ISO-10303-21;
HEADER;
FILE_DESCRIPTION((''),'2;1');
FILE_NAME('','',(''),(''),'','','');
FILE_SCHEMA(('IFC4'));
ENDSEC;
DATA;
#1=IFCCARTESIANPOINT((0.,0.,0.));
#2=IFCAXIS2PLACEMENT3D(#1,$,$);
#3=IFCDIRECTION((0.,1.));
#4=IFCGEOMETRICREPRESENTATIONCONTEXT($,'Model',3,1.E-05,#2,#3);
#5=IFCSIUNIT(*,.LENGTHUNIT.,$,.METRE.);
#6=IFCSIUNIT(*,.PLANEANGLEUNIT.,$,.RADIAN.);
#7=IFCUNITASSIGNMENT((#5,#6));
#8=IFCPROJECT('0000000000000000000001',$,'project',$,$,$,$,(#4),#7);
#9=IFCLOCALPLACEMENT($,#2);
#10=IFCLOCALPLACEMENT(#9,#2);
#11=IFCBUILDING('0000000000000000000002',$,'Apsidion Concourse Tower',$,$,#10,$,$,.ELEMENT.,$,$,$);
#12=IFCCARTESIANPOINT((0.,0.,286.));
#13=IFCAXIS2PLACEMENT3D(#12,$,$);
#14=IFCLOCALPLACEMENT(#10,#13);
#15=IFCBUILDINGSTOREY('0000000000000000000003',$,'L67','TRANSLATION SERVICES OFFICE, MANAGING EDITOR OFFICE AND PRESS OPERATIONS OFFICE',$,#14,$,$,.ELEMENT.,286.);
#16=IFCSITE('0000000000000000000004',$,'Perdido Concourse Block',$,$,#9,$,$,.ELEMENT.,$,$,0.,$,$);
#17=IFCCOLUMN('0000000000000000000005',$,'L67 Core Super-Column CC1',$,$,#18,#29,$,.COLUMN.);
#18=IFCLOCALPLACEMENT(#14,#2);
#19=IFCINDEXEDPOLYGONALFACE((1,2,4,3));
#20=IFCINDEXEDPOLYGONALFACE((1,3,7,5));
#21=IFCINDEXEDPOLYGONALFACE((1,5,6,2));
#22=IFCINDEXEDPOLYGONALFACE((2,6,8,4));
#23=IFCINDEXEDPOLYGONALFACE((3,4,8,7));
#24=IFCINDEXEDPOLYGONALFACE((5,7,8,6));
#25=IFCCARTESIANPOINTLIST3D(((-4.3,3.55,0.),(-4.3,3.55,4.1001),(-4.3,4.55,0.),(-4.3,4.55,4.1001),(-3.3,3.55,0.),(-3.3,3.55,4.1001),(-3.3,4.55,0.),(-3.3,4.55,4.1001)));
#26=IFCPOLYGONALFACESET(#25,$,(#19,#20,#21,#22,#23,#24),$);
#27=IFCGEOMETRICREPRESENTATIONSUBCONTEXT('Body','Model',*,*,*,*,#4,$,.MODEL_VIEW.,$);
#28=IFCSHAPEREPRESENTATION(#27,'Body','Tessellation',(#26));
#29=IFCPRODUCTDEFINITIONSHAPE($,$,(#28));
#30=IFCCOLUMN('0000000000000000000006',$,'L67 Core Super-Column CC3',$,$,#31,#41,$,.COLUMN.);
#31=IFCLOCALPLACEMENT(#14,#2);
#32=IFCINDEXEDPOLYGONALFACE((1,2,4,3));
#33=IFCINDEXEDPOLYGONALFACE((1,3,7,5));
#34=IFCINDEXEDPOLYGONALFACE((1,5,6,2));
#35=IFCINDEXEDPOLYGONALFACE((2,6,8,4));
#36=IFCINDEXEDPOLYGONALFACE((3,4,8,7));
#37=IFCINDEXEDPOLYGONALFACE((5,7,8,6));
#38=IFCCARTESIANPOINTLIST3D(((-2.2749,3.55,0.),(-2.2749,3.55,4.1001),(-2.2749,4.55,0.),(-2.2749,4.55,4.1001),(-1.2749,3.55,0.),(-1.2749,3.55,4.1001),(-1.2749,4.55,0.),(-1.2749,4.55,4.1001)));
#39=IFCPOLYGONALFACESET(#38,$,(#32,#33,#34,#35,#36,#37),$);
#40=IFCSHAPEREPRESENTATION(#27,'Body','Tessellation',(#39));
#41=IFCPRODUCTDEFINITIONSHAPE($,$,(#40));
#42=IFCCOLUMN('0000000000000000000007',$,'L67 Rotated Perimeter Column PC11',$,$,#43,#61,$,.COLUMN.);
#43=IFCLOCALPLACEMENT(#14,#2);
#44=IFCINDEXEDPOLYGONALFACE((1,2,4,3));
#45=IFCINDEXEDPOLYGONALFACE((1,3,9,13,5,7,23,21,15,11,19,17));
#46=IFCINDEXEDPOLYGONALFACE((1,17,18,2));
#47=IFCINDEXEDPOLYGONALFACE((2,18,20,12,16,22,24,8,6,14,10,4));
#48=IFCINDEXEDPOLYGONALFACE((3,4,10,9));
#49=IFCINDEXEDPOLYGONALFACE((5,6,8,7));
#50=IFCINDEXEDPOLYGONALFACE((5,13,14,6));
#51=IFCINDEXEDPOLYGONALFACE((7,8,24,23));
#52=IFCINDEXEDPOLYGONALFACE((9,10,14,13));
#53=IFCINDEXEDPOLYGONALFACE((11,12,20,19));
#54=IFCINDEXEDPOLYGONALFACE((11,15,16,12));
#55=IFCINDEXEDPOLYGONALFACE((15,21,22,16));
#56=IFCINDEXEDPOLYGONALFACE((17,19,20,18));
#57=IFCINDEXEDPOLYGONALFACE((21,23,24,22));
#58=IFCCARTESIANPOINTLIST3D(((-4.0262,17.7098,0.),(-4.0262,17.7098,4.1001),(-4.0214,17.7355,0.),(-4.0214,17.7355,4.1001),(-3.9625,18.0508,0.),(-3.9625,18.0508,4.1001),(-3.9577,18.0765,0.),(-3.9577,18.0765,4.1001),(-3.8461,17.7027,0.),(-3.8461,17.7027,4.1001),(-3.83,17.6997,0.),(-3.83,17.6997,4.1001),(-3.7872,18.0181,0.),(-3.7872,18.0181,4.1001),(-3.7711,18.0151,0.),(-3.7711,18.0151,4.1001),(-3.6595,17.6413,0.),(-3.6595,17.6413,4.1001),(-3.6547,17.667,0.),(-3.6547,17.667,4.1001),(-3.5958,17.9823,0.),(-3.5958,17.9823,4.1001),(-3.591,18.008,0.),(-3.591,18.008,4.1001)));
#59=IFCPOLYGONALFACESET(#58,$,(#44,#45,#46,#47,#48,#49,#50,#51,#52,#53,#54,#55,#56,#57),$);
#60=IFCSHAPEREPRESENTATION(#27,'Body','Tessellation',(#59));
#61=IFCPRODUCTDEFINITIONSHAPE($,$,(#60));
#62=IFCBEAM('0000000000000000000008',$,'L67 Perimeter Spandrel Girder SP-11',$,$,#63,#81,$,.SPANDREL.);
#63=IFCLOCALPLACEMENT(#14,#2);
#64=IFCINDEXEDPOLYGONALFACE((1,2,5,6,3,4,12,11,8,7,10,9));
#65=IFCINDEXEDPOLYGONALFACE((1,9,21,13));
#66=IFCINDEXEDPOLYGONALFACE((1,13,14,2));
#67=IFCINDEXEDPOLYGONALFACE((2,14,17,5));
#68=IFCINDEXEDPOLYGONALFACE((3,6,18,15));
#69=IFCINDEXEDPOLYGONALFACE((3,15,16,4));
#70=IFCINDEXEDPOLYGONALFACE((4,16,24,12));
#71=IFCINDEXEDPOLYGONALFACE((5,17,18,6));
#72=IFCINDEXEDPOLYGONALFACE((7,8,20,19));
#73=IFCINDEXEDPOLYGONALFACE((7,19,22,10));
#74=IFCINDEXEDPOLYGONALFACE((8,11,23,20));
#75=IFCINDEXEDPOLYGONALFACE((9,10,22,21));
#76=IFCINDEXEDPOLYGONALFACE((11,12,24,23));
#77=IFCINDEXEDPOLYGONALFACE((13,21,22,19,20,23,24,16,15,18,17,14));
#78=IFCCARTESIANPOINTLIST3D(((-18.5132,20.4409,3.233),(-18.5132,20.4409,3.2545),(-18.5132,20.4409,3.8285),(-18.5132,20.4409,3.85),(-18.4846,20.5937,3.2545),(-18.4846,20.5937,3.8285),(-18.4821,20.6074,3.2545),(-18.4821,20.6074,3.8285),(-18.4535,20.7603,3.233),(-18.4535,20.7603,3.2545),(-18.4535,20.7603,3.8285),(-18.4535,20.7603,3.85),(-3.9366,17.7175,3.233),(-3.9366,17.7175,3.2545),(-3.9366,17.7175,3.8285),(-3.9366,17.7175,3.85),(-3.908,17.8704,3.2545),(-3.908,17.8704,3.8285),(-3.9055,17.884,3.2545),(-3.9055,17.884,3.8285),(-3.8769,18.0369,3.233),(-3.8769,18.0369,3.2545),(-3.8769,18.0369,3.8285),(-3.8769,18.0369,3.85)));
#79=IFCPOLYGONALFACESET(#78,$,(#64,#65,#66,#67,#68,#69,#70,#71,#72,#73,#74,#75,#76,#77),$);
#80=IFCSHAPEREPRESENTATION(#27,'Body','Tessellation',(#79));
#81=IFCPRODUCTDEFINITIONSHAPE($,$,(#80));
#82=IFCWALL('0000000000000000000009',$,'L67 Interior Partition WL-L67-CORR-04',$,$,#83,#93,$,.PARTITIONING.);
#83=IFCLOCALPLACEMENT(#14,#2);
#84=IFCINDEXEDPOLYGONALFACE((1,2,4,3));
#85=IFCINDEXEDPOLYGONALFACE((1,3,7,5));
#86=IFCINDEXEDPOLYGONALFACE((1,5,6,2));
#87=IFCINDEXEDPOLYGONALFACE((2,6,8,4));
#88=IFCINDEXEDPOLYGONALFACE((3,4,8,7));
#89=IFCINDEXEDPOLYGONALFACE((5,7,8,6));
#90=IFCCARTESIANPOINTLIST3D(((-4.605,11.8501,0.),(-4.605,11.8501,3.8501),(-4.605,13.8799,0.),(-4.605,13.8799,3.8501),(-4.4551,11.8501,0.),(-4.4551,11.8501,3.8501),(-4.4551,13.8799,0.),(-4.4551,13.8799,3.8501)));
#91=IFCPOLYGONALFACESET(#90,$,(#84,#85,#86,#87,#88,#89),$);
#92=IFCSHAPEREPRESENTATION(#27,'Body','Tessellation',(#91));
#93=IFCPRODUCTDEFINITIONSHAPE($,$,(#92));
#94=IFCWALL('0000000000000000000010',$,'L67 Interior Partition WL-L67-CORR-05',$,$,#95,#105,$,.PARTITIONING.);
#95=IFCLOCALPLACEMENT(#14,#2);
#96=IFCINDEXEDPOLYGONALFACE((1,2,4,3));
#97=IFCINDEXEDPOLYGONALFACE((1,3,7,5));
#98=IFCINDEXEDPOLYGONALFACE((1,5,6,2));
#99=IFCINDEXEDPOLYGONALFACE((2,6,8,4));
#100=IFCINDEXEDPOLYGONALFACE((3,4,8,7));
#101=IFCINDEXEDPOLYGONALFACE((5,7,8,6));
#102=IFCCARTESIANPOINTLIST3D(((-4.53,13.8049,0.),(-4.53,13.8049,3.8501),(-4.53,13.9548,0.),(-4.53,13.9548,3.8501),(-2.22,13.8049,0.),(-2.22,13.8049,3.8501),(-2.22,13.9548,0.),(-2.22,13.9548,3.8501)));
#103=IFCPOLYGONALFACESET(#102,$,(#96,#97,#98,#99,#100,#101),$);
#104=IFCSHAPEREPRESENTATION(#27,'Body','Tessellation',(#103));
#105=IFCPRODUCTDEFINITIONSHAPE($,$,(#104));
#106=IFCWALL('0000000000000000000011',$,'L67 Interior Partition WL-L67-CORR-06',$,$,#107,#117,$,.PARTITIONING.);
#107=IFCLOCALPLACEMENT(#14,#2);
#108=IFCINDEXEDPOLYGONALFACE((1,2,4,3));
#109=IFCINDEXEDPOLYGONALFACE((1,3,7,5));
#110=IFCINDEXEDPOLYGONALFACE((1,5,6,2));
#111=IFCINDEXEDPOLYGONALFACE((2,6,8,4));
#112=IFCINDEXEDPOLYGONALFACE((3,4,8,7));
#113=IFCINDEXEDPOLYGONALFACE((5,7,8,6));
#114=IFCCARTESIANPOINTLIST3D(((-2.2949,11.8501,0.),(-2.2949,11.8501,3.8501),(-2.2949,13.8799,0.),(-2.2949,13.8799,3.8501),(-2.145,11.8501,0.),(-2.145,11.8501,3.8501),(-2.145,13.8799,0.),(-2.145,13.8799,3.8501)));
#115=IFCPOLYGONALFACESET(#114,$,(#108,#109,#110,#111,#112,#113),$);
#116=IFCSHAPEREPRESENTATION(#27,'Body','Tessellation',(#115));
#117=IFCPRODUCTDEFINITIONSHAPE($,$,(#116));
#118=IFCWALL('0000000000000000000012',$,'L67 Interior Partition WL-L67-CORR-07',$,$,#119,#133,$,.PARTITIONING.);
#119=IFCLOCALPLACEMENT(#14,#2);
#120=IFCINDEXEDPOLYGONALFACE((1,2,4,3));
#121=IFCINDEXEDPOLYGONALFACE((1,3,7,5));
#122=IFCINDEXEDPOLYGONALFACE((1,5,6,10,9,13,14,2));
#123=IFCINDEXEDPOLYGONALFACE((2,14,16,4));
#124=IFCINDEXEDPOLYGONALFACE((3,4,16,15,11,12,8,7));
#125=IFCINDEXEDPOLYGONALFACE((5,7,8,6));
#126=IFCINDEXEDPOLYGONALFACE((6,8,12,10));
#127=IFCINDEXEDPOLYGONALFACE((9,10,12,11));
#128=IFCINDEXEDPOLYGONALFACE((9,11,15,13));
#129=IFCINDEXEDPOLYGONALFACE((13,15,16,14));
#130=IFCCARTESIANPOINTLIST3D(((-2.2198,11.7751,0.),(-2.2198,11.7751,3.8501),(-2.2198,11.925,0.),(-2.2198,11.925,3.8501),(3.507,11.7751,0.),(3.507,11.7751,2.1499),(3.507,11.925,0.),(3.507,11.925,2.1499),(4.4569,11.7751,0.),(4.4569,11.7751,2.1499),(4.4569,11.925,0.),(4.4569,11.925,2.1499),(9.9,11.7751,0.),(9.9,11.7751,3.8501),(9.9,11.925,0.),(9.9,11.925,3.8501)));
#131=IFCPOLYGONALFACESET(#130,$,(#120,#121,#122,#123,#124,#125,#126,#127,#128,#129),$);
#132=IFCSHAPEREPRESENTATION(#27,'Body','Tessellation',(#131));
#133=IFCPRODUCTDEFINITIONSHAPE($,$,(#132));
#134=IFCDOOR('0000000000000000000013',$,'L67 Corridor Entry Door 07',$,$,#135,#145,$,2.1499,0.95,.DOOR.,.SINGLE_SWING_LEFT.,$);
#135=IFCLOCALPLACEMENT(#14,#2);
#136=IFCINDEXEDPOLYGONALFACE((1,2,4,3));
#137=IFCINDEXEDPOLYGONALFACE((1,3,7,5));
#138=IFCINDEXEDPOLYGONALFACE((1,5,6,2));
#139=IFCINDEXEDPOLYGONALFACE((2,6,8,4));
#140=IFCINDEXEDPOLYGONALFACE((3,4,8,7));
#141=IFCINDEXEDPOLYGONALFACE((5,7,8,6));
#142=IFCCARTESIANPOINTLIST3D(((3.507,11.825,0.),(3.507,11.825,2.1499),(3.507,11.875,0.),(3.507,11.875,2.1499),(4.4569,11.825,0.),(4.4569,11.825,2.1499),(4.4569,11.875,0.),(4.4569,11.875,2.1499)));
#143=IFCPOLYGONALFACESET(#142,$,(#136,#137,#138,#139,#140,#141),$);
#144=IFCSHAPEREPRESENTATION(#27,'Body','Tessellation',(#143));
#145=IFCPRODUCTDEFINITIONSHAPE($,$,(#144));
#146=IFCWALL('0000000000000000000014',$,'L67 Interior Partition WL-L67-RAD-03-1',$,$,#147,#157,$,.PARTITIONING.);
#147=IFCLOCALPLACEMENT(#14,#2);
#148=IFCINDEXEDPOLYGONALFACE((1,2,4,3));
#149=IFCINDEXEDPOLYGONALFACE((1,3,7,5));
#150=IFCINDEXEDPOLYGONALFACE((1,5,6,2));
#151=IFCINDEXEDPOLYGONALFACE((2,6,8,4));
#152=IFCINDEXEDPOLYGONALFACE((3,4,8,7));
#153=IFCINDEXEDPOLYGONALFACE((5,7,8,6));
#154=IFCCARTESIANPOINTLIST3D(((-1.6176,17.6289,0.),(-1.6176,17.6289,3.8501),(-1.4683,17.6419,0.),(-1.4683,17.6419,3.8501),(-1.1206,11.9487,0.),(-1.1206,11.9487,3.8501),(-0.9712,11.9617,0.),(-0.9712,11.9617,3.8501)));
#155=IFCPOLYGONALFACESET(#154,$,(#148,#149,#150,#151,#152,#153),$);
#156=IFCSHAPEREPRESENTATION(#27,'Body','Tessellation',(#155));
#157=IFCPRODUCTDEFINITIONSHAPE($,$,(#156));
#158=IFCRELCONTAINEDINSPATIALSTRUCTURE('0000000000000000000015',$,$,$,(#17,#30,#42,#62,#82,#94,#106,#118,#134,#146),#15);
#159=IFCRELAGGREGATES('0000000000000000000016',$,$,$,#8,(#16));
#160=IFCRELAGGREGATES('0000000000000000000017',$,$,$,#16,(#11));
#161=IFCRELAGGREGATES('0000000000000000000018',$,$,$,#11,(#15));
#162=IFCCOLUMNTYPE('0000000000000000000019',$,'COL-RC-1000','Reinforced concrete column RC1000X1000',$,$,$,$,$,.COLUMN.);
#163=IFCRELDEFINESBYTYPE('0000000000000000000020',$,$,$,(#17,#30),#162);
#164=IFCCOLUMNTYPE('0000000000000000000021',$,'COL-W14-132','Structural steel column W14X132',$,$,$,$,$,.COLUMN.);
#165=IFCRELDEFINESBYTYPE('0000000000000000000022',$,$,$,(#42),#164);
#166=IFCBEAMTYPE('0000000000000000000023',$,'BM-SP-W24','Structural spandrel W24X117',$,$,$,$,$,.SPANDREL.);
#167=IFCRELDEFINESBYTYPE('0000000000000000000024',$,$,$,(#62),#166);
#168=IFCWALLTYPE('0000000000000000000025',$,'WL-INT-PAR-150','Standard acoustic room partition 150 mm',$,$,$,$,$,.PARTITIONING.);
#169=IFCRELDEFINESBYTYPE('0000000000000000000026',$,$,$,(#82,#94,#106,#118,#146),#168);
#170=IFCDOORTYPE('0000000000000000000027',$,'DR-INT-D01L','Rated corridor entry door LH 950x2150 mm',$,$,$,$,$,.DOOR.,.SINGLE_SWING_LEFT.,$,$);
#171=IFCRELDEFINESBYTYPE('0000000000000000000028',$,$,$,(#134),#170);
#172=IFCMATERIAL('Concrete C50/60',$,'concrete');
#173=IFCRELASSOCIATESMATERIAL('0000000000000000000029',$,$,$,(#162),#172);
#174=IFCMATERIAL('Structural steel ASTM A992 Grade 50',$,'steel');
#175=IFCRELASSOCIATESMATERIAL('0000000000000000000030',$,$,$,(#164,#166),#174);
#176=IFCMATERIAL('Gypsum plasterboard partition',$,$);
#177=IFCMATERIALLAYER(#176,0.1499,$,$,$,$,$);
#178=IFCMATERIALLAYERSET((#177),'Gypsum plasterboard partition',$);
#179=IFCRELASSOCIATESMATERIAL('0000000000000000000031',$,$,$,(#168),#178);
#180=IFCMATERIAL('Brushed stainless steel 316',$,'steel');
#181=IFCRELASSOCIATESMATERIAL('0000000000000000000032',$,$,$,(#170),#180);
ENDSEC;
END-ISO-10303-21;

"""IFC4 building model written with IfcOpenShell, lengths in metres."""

from ifc_helpers import new_model, si_unit, direction, frame, frame_2d, origin, origin_2d, place, context, subcontext, project, spatial, rectangle, i_section, extrude, material, layer, layer_set, material_profile, profile_set, type_object, element, fill, save


model = new_model("IFC4")

# Units and contexts
model_context = context("Model", 3, precision=1e-05, world=origin(), true_north=direction((0.0, 1.0)))
body_context = subcontext(model_context, "Body", "Model", "MODEL_VIEW")
ifc_project = project(units=[si_unit("LENGTHUNIT", "METRE"), si_unit("PLANEANGLEUNIT", "RADIAN")], contexts=[model_context])

# Site, building, storey
site_placement = place(None, origin())
site = spatial("IfcSite", under=ifc_project, at=site_placement, Name="Perdido Concourse Block", CompositionType="ELEMENT", RefElevation=0.0)
building_placement = place(site_placement, origin())
building = spatial("IfcBuilding", under=site, at=building_placement, Name="Apsidion Concourse Tower", CompositionType="ELEMENT")
storey_placement = place(building_placement, frame((0.0, 0.0, 286.0)))
storey = spatial("IfcBuildingStorey", under=building, at=storey_placement, Name="L67", Description="TRANSLATION SERVICES OFFICE, MANAGING EDITOR OFFICE AND PRESS OPERATIONS OFFICE", CompositionType="ELEMENT", Elevation=286.0)

# Columns
ifc_material_1 = material(Name="Concrete C50/60", Category="concrete")
ifc_material_profile_1 = material_profile(ifc_material_1, rectangle(XDim=1.0, YDim=1.0, at=origin_2d()), Name="RC 1000x1000")
ifc_profile_set_1 = profile_set([ifc_material_profile_1], Name="Concrete C50/60")
column_type_1 = type_object("IfcColumnType", Name="COL-RC-1000", Description="Reinforced concrete column RC1000X1000", PredefinedType="COLUMN", material=ifc_profile_set_1)
for number, where, z_axis, x_axis, name in (
    (1, (-3.8, 4.05, 0.0), (0.0, 0.0, 1.0), (1.0, 0.0, 0.0), "L67 Core Super-Column CC1"),
    (2, (-1.7749, 4.05, 0.0), (0.0, 0.0, 1.0), (1.0, 0.0, 0.0), "L67 Core Super-Column CC3"),
):
    element("IfcColumn", number, at=place(storey_placement, frame(where, z_axis=z_axis, x_axis=x_axis)), inside=storey, type_object=column_type_1, Name=name, PredefinedType="COLUMN", context=body_context, shape_type="SweptSolid", body=[
        extrude(rectangle(XDim=1.0, YDim=1.0, at=origin_2d()), origin(), (0.0, 0.0, 1.0), 4.1001),
    ])
ifc_material_2 = material(Name="Structural steel ASTM A992 Grade 50", Category="steel")
ifc_material_profile_2 = material_profile(ifc_material_2, i_section(OverallWidth=0.373, OverallDepth=0.373, WebThickness=0.0164, FlangeThickness=0.0261, at=origin_2d()), Name="W14X132")
ifc_profile_set_2 = profile_set([ifc_material_profile_2], Name="Structural steel ASTM A992 Grade 50")
column_type_2 = type_object("IfcColumnType", Name="COL-W14-132", Description="Structural steel column W14X132", PredefinedType="COLUMN", material=ifc_profile_set_2)
column_placement = place(storey_placement, frame((-3.8086, 17.8589, 0.0), z_axis=(0.0, 0.0, 1.0), x_axis=(-0.983, 0.183608, 0.0)))
element("IfcColumn", 3, at=column_placement, inside=storey, type_object=column_type_2, Name="L67 Rotated Perimeter Column PC11", PredefinedType="COLUMN", context=body_context, shape_type="SweptSolid", body=[
    extrude(i_section(OverallWidth=0.373, OverallDepth=0.373, WebThickness=0.0164, FlangeThickness=0.0261, at=origin_2d()), origin(), (0.0, 0.0, 1.0), 4.1001),
])

# Beam
ifc_material_profile_3 = material_profile(ifc_material_2, i_section(OverallWidth=0.325, OverallDepth=0.6169, WebThickness=0.0139, FlangeThickness=0.0215, at=origin_2d()), Name="W24X117")
ifc_profile_set_3 = profile_set([ifc_material_profile_3], Name="Structural steel ASTM A992 Grade 50")
beam_type = type_object("IfcBeamType", Name="BM-SP-W24", Description="Structural spandrel W24X117", PredefinedType="SPANDREL", material=ifc_profile_set_3)
beam_placement = place(storey_placement, frame((-3.9067, 17.8772, 3.5415), z_axis=(-0.982991, 0.183654, 0.0), x_axis=(-0.183654, -0.982991, 0.0)))
element("IfcBeam", 4, at=beam_placement, inside=storey, type_object=beam_type, Name="L67 Perimeter Spandrel Girder SP-11", PredefinedType="SPANDREL", context=body_context, shape_type="SweptSolid", body=[
    extrude(i_section(OverallWidth=0.325, OverallDepth=0.6169, WebThickness=0.0139, FlangeThickness=0.0215, at=origin_2d()), origin(), (0.0, 0.0, 1.0), 14.8289),
])

# Walls
ifc_material_3 = material(Name="Gypsum plasterboard partition")
ifc_layer_1 = layer(ifc_material_3, 0.1499)
ifc_layer_set_1 = layer_set([ifc_layer_1], Name="Gypsum plasterboard partition")
wall_type_1 = type_object("IfcWallType", Name="WL-INT-PAR-150", Description="Standard acoustic room partition 150 mm", PredefinedType="PARTITIONING", material=ifc_layer_set_1)
wall_1_placement = place(storey_placement, frame((-4.53, 11.8501, 0.0), z_axis=(0.0, 0.0, 1.0), x_axis=(0.0, 1.0, 0.0)))
element("IfcWall", 5, at=wall_1_placement, inside=storey, type_object=wall_type_1, Name="L67 Interior Partition WL-L67-CORR-04", PredefinedType="PARTITIONING", context=body_context, shape_type="SweptSolid", body=[
    extrude(rectangle(XDim=2.0298, YDim=0.1499, at=frame_2d((1.0149, 0.0))), origin(), (0.0, 0.0, 1.0), 3.8501),
])
wall_2_placement = place(storey_placement, frame((-4.53, 13.8799, 0.0), z_axis=(0.0, 0.0, 1.0), x_axis=(1.0, 0.0, 0.0)))
element("IfcWall", 6, at=wall_2_placement, inside=storey, type_object=wall_type_1, Name="L67 Interior Partition WL-L67-CORR-05", PredefinedType="PARTITIONING", context=body_context, shape_type="SweptSolid", body=[
    extrude(rectangle(XDim=2.3101, YDim=0.1499, at=frame_2d((1.155, 0.0))), origin(), (0.0, 0.0, 1.0), 3.8501),
])
wall_3_placement = place(storey_placement, frame((-2.22, 13.8799, 0.0), z_axis=(0.0, 0.0, 1.0), x_axis=(0.0, -1.0, 0.0)))
element("IfcWall", 7, at=wall_3_placement, inside=storey, type_object=wall_type_1, Name="L67 Interior Partition WL-L67-CORR-06", PredefinedType="PARTITIONING", context=body_context, shape_type="SweptSolid", body=[
    extrude(rectangle(XDim=2.0298, YDim=0.1499, at=frame_2d((1.0149, 0.0))), origin(), (0.0, 0.0, 1.0), 3.8501),
])

# Wall, opening, door
wall_4_placement = place(storey_placement, frame((-2.22, 11.8501, 0.0), z_axis=(0.0, 0.0, 1.0), x_axis=(1.0, 0.0, 0.0)))
wall_4 = element("IfcWall", 8, at=wall_4_placement, inside=storey, type_object=wall_type_1, Name="L67 Interior Partition WL-L67-CORR-07", PredefinedType="PARTITIONING", context=body_context, shape_type="SweptSolid", body=[
    extrude(rectangle(XDim=12.1199, YDim=0.1499, at=frame_2d((6.0601, 0.0))), origin(), (0.0, 0.0, 1.0), 3.8501),
])
opening_1_placement = place(wall_4_placement, frame((5.7268, 0.0, 0.0)))
opening_1 = element("IfcOpeningElement", 9, at=opening_1_placement, cuts=wall_4, PredefinedType="OPENING", context=body_context, shape_type="SweptSolid", body=[
    extrude(rectangle(XDim=0.95, YDim=2.1499, at=frame_2d((0.4751, 1.075))), frame((0.0, 0.085, 0.0), z_axis=(0.0, -1.0, 0.0), x_axis=(1.0, 0.0, 0.0)), (0.0, 0.0, 1.0), 0.1699),
])
ifc_material_4 = material(Name="Brushed stainless steel 316", Category="steel")
door_type_1 = type_object("IfcDoorType", Name="DR-INT-D01L", Description="Rated corridor entry door LH 950x2150 mm", OperationType="SINGLE_SWING_LEFT", PredefinedType="DOOR", material=ifc_material_4)
door_1_placement = place(opening_1_placement, origin())
door_1 = element("IfcDoor", 10, at=door_1_placement, inside=storey, type_object=door_type_1, Name="L67 Corridor Entry Door 07", OperationType="SINGLE_SWING_LEFT", OverallHeight=2.1499, OverallWidth=0.95, PredefinedType="DOOR", context=body_context, shape_type="SweptSolid", body=[
    extrude(rectangle(XDim=0.95, YDim=2.1499, at=frame_2d((0.4751, 1.075))), frame((0.0, 0.0249, 0.0), z_axis=(0.0, -1.0, 0.0), x_axis=(1.0, 0.0, 0.0)), (0.0, 0.0, 1.0), 0.05),
])
fill(opening_1, door_1)

# Wall
wall_5_placement = place(storey_placement, frame((-1.0459, 11.9551, 0.0), z_axis=(0.0, 0.0, 1.0), x_axis=(-0.087177, 0.996193, 0.0)))
element("IfcWall", 11, at=wall_5_placement, inside=storey, type_object=wall_type_1, Name="L67 Interior Partition WL-L67-RAD-03-1", PredefinedType="PARTITIONING", context=body_context, shape_type="SweptSolid", body=[
    extrude(rectangle(XDim=5.7019, YDim=0.1499, at=frame_2d((2.8511, 0.0))), origin(), (0.0, 0.0, 1.0), 3.8501),
])

save(model, "model.ifc")
